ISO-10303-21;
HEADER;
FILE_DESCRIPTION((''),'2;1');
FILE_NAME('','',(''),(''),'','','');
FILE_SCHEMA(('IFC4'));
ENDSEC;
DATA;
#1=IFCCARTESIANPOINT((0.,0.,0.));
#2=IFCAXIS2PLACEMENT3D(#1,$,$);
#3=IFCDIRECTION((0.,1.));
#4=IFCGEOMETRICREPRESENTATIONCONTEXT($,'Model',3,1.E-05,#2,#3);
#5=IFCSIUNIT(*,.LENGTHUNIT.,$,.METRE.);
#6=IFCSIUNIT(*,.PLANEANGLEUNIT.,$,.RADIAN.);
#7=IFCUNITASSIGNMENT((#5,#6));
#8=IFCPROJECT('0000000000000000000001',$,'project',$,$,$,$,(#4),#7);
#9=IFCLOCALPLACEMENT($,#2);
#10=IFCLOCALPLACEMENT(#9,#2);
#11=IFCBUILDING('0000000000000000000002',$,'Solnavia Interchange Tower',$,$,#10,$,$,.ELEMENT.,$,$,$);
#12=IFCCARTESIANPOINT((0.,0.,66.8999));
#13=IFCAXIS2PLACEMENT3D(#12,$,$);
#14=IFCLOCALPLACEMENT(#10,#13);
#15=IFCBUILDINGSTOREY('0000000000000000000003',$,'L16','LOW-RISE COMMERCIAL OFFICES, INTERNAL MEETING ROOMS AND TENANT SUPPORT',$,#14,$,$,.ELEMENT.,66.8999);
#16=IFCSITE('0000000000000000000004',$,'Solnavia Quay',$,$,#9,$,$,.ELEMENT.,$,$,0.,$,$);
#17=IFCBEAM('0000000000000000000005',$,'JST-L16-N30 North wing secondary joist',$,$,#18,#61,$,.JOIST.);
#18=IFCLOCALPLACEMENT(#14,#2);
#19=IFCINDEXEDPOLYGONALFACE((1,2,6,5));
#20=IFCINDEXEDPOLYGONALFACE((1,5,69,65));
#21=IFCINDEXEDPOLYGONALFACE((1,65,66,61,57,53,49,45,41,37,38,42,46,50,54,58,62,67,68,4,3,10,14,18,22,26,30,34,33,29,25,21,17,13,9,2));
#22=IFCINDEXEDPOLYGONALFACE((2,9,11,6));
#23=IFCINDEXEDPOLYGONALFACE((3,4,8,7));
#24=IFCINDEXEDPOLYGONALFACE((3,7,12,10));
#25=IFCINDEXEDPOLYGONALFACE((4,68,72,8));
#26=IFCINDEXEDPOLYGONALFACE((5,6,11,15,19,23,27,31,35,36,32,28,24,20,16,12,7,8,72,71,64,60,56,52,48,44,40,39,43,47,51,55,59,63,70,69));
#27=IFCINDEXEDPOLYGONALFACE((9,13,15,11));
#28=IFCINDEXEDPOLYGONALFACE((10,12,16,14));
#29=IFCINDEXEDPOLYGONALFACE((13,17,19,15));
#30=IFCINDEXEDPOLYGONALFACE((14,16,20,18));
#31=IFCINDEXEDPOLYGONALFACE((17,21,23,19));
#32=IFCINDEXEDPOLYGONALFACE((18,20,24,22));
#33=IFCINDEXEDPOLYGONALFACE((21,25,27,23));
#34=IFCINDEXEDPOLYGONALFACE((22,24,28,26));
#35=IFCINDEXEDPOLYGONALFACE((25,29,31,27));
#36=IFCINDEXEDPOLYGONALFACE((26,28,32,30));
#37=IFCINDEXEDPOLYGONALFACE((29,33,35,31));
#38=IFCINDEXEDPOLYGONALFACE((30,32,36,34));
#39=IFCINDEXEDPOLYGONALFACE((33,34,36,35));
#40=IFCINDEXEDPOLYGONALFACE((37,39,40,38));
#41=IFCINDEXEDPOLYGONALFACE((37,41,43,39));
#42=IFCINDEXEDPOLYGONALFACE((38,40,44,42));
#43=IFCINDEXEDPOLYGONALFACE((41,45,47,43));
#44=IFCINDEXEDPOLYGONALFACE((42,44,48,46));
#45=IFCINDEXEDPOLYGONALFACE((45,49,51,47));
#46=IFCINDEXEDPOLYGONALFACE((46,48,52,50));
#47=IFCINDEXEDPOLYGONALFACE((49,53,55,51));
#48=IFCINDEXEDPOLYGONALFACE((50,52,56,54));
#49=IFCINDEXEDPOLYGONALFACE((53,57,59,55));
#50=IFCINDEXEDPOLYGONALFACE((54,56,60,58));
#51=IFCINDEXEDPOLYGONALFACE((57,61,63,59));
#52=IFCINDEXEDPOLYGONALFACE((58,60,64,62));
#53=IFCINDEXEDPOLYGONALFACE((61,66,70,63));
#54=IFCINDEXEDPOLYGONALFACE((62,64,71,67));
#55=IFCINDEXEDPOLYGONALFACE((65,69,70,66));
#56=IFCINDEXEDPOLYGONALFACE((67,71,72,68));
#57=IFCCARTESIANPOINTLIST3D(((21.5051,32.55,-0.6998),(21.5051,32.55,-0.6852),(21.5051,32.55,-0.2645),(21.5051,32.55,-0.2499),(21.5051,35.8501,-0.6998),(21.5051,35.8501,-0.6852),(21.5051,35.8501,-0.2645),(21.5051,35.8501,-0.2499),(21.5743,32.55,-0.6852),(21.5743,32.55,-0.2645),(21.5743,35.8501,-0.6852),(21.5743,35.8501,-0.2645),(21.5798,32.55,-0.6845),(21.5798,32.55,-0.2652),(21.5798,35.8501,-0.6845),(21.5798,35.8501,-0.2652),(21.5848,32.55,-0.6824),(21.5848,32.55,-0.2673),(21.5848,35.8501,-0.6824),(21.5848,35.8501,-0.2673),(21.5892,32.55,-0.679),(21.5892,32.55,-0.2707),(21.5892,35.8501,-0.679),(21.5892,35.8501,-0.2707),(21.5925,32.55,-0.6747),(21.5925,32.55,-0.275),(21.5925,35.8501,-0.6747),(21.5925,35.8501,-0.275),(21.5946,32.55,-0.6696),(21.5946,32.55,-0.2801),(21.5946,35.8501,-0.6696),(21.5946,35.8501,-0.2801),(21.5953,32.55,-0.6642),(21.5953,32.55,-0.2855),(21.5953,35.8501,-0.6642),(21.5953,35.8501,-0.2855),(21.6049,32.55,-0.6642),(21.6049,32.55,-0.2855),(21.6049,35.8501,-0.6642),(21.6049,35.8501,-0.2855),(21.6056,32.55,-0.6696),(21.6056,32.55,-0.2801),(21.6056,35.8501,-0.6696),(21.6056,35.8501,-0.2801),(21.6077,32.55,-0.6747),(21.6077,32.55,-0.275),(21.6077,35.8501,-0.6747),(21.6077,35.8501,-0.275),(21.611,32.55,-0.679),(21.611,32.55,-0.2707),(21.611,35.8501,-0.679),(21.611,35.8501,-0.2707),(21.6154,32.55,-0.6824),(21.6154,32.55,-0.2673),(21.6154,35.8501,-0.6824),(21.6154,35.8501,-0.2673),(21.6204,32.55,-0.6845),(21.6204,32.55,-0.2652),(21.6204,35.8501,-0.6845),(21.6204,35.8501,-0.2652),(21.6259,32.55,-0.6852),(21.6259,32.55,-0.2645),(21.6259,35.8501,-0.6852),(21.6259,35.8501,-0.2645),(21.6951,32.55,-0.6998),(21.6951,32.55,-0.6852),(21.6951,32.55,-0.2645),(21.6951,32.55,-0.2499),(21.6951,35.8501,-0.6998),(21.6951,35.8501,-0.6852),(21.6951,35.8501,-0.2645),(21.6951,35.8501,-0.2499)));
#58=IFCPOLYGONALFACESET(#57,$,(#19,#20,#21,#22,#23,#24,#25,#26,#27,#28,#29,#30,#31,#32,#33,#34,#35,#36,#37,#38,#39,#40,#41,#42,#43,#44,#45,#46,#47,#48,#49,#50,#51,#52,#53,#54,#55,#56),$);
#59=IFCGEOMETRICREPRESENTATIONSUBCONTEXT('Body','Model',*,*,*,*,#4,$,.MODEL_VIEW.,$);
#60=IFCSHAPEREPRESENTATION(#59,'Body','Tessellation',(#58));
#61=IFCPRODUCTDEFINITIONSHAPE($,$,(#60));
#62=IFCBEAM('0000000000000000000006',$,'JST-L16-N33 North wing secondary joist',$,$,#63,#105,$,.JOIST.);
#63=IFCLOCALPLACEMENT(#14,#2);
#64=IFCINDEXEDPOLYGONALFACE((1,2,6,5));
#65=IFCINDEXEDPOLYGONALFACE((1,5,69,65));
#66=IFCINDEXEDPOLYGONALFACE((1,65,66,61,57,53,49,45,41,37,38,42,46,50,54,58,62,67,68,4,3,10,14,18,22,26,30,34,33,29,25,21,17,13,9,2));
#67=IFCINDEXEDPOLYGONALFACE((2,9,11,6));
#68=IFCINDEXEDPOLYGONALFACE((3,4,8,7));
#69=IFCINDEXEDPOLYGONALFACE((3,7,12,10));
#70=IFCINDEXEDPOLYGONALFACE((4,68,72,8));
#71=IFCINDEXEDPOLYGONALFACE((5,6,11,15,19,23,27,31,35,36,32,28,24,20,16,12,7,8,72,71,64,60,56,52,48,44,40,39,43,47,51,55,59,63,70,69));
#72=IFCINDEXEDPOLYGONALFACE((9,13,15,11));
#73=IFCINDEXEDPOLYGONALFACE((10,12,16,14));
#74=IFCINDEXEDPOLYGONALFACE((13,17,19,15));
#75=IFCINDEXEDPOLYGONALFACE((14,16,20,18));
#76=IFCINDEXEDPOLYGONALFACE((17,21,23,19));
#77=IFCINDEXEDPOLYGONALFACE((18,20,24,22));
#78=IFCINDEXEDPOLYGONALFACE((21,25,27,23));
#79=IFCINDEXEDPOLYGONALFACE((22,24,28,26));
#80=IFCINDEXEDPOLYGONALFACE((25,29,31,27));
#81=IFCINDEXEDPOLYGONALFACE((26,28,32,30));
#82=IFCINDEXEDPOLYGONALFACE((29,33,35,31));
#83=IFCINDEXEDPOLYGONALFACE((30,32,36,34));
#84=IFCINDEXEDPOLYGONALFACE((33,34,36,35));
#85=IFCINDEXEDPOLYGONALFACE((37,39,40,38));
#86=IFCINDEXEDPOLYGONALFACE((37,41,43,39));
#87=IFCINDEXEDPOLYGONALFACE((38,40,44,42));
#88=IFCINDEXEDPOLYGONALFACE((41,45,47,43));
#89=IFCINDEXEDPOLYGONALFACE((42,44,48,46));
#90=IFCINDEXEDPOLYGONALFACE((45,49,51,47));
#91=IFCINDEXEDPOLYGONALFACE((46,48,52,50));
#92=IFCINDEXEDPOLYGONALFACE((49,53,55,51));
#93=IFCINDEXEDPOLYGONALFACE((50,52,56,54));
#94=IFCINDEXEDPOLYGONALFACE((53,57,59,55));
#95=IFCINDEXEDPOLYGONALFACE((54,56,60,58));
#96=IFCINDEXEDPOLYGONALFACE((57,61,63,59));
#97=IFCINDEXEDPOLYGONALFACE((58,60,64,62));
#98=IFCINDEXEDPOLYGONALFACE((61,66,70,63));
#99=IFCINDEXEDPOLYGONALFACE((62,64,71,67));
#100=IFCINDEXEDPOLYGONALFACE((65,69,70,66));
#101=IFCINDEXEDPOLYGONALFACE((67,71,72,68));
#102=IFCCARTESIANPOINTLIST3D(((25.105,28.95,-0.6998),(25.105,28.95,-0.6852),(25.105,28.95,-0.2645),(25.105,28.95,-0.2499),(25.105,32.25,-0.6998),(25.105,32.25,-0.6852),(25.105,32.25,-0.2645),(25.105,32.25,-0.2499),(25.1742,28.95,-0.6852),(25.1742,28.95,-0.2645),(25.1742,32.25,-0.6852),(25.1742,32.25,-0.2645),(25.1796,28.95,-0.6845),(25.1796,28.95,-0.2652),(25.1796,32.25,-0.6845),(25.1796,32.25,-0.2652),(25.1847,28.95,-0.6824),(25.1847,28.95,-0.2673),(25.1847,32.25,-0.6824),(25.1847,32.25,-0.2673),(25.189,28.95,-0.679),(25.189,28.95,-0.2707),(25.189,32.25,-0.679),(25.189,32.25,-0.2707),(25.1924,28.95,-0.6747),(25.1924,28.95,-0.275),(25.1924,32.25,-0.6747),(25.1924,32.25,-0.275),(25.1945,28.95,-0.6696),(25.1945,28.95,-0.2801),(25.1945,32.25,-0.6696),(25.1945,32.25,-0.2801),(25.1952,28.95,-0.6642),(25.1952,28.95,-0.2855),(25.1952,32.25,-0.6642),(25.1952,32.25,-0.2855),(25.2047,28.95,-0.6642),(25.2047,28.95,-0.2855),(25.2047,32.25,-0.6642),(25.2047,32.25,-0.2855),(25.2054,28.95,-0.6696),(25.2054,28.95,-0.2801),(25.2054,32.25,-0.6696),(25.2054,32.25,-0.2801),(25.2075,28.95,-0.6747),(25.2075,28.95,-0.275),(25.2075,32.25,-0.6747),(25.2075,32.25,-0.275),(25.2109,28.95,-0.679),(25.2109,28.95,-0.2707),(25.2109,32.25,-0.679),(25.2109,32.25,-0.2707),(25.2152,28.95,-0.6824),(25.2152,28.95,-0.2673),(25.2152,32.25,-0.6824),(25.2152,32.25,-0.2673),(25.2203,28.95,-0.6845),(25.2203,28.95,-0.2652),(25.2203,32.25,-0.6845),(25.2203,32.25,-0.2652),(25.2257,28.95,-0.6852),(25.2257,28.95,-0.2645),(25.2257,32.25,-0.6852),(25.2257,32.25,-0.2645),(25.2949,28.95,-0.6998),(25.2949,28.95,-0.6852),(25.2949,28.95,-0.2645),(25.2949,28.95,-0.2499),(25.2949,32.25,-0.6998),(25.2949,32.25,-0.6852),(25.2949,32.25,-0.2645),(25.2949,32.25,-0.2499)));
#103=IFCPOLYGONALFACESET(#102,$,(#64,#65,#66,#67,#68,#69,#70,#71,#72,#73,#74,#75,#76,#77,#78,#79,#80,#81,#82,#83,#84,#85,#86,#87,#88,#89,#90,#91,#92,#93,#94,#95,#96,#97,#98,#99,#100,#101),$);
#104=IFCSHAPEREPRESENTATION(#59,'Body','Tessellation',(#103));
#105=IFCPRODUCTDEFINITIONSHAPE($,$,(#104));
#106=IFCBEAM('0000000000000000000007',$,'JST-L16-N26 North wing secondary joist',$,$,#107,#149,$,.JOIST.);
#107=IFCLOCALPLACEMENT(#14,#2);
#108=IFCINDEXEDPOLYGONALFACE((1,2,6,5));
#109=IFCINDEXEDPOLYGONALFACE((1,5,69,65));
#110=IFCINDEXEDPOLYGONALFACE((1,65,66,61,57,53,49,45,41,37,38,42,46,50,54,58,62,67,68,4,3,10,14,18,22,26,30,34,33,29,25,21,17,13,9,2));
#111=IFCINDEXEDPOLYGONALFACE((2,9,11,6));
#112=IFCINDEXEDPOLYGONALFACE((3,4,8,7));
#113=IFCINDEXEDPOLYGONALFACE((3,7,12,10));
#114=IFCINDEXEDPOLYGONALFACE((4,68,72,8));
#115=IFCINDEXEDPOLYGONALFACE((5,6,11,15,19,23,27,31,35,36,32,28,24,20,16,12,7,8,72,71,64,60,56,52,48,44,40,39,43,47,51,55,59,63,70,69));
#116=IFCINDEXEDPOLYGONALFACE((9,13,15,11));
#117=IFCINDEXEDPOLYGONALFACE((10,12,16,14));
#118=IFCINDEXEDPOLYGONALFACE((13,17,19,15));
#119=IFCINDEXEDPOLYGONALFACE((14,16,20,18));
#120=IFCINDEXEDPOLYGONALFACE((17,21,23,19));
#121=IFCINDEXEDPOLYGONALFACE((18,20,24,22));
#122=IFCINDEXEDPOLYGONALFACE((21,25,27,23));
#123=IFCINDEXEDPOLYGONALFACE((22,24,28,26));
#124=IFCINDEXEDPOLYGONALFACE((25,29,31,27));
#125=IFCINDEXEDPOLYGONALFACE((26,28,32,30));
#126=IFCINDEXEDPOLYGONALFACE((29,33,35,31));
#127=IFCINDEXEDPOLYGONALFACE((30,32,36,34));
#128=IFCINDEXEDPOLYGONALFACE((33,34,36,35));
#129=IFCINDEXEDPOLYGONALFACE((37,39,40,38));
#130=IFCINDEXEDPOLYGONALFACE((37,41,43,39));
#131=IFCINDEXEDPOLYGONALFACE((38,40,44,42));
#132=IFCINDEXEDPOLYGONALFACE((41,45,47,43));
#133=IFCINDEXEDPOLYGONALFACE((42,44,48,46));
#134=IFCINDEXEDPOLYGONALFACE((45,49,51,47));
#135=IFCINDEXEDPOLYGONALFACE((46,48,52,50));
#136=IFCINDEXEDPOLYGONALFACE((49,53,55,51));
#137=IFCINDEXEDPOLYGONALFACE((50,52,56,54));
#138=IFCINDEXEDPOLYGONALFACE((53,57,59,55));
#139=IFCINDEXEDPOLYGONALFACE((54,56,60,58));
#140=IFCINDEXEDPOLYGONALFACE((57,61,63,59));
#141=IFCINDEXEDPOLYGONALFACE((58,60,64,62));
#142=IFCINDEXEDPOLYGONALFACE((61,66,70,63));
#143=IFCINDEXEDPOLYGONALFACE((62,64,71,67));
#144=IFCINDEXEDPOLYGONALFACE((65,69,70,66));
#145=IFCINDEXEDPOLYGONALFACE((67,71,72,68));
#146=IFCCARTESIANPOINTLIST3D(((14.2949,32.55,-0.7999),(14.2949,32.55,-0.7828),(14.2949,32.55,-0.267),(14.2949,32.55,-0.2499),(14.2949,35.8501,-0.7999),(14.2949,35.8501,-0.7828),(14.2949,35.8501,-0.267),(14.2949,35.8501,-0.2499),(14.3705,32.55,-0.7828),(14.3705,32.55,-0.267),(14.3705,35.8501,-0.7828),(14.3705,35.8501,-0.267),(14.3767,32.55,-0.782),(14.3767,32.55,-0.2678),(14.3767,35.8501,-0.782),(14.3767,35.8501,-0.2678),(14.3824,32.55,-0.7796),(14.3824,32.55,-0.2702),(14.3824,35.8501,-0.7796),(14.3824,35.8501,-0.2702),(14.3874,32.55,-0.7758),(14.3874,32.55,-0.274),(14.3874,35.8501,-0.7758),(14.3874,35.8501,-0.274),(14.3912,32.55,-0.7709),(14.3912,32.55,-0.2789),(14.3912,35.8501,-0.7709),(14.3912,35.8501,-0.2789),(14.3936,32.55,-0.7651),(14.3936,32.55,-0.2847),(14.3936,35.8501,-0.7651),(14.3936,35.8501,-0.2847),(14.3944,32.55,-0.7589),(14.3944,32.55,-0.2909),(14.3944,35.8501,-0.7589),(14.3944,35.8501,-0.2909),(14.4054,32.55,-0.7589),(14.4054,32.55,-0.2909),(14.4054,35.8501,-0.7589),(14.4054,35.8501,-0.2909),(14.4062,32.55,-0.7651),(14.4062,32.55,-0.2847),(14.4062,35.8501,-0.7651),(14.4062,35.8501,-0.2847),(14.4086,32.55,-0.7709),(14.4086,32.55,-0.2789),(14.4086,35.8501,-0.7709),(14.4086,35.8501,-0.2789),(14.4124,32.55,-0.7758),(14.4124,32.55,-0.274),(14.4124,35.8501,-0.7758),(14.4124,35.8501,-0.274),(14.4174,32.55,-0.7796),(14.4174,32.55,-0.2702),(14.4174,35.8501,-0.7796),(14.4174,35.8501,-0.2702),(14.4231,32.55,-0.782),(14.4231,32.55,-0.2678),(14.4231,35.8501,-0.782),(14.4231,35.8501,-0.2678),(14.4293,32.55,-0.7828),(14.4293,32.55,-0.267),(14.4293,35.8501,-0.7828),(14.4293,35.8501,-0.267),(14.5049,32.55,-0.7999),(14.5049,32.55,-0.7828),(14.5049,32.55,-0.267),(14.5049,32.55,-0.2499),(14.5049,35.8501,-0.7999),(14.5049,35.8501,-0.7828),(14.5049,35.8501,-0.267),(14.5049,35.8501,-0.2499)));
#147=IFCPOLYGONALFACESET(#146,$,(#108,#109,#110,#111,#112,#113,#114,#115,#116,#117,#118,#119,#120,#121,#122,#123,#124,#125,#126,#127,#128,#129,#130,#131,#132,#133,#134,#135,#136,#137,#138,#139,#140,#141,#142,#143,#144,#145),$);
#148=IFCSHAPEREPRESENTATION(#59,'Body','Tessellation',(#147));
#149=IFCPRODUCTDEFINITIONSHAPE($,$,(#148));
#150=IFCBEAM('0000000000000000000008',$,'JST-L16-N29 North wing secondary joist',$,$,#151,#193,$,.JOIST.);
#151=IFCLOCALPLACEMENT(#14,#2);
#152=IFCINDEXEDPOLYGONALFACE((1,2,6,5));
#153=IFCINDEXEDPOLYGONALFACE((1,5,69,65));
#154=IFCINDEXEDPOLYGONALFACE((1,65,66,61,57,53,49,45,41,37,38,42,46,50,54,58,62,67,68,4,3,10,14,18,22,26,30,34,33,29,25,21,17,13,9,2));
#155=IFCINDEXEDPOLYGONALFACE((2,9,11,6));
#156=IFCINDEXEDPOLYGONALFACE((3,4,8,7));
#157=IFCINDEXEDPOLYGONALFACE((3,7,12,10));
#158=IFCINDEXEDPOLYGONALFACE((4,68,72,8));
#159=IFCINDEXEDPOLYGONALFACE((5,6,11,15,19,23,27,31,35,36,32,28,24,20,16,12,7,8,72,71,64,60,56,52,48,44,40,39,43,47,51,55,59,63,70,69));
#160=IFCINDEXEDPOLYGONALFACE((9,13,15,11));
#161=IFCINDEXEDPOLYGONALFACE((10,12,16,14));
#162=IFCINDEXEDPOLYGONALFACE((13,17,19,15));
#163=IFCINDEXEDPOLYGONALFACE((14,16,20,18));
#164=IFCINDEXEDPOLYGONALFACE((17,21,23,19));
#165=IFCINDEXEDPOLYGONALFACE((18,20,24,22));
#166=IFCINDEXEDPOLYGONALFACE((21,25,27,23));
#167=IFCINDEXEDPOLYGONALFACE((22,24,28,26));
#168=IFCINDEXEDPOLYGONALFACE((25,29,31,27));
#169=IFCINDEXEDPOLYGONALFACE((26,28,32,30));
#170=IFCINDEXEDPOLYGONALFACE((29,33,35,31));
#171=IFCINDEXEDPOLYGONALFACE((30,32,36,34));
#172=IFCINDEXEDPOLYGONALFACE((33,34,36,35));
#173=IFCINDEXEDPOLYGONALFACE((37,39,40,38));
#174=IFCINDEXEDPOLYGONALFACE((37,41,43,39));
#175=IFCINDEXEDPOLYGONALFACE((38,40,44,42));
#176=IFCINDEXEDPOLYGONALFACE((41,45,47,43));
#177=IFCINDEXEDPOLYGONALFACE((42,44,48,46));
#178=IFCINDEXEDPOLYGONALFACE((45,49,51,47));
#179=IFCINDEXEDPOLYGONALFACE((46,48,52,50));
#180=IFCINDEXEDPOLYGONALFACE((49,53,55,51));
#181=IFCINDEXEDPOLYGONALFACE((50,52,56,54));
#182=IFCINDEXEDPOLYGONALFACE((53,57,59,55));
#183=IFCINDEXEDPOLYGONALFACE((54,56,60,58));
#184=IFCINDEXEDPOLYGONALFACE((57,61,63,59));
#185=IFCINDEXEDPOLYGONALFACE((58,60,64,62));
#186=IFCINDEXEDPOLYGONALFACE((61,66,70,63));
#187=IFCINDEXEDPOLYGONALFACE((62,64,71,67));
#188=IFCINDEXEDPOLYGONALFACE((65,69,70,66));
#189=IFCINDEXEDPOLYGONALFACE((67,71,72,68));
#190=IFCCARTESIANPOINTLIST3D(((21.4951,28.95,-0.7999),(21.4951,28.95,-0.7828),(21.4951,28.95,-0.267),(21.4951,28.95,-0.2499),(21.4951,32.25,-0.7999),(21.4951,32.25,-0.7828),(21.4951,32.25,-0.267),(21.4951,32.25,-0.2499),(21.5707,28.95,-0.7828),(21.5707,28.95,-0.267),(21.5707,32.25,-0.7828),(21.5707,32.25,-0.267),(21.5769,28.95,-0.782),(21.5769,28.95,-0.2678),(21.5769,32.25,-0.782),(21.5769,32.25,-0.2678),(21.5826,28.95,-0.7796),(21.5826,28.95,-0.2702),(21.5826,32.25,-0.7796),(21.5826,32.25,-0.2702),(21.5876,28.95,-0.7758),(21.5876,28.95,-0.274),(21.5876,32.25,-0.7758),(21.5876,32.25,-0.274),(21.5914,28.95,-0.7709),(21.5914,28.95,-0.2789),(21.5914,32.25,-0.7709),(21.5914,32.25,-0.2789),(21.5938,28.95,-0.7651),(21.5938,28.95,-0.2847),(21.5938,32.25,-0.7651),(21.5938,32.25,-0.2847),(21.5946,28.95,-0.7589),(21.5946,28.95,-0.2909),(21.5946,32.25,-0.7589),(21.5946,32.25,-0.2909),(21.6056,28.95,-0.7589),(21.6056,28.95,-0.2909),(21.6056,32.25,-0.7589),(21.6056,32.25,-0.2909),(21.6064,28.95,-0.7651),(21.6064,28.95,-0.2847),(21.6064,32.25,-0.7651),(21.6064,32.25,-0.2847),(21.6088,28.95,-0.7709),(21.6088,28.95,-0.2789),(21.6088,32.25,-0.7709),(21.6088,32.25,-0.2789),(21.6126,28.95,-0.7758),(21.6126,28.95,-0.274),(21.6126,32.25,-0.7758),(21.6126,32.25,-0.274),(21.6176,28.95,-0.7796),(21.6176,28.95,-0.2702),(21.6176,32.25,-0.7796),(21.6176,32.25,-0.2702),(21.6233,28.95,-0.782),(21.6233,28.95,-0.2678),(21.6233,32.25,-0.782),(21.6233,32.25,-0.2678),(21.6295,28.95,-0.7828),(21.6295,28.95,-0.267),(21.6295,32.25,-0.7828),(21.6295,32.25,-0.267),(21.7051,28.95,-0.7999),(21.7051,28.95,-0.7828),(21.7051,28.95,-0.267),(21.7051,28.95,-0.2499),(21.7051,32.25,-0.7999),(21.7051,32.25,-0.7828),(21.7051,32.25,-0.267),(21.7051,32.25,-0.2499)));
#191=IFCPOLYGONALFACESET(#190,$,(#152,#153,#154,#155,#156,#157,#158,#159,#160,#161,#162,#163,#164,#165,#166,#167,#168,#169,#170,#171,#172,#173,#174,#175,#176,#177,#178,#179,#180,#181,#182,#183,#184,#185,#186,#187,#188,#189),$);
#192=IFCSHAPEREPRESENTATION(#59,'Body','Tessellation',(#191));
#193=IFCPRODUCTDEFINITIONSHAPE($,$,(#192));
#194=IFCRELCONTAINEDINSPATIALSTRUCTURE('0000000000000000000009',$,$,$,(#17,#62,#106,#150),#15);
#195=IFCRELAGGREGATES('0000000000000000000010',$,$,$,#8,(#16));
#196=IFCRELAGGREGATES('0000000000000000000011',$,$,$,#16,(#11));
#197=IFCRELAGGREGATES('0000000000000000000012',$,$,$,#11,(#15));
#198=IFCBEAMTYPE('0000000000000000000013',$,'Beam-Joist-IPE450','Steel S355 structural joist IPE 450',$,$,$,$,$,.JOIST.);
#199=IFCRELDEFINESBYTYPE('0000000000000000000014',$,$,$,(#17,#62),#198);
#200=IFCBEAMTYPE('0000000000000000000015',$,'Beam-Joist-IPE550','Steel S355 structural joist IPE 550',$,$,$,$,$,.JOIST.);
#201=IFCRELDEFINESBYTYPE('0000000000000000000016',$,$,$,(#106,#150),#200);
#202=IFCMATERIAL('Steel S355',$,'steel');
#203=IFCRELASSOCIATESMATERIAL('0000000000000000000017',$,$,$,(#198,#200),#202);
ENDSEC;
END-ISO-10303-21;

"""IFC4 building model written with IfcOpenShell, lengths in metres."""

from ifc_helpers import new_model, si_unit, direction, frame, origin, origin_2d, place, context, subcontext, project, spatial, i_section, extrude, material, material_profile, profile_set, type_object, element, save


model = new_model("IFC4")

# Units and contexts
model_context = context("Model", 3, precision=1e-05, world=origin(), true_north=direction((0.0, 1.0)))
body_context = subcontext(model_context, "Body", "Model", "MODEL_VIEW")
ifc_project = project(units=[si_unit("LENGTHUNIT", "METRE"), si_unit("PLANEANGLEUNIT", "RADIAN")], contexts=[model_context])

# Site, building, storey
site_placement = place(None, origin())
site = spatial("IfcSite", under=ifc_project, at=site_placement, Name="Solnavia Quay", CompositionType="ELEMENT", RefElevation=0.0)
building_placement = place(site_placement, origin())
building = spatial("IfcBuilding", under=site, at=building_placement, Name="Solnavia Interchange Tower", CompositionType="ELEMENT")
storey_placement = place(building_placement, frame((0.0, 0.0, 66.8999)))
storey = spatial("IfcBuildingStorey", under=building, at=storey_placement, Name="L16", Description="LOW-RISE COMMERCIAL OFFICES, INTERNAL MEETING ROOMS AND TENANT SUPPORT", CompositionType="ELEMENT", Elevation=66.8999)

# Shared definitions
ifc_material_1 = material(Name="Steel S355", Category="steel")

# Beams
ifc_material_profile_1 = material_profile(ifc_material_1, i_section(OverallWidth=0.1899, OverallDepth=0.45, WebThickness=0.0095, FlangeThickness=0.0146, FilletRadius=0.021, at=origin_2d()), Name="IPE 450")
ifc_profile_set_1 = profile_set([ifc_material_profile_1], Name="Steel S355")
beam_type_1 = type_object("IfcBeamType", Name="Beam-Joist-IPE450", Description="Steel S355 structural joist IPE 450", PredefinedType="JOIST", material=ifc_profile_set_1)
for number, where, z_axis, x_axis, name in (
    (1, (21.6001, 32.55, -0.4749), (0.0, 1.0, 0.0), (-1.0, 0.0, 0.0), "JST-L16-N30 North wing secondary joist"),
    (2, (25.2, 28.95, -0.4749), (0.0, 1.0, 0.0), (-1.0, 0.0, 0.0), "JST-L16-N33 North wing secondary joist"),
):
    element("IfcBeam", number, at=place(storey_placement, frame(where, z_axis=z_axis, x_axis=x_axis)), inside=storey, type_object=beam_type_1, Name=name, PredefinedType="JOIST", context=body_context, shape_type="SweptSolid", body=[
        extrude(i_section(OverallWidth=0.1899, OverallDepth=0.45, WebThickness=0.0095, FlangeThickness=0.0146, FilletRadius=0.021, at=origin_2d()), origin(), (0.0, 0.0, 1.0), 3.3),
    ])
ifc_material_profile_2 = material_profile(ifc_material_1, i_section(OverallWidth=0.21, OverallDepth=0.55, WebThickness=0.011, FlangeThickness=0.0171, FilletRadius=0.0239, at=origin_2d()), Name="IPE 550")
ifc_profile_set_2 = profile_set([ifc_material_profile_2], Name="Steel S355")
beam_type_2 = type_object("IfcBeamType", Name="Beam-Joist-IPE550", Description="Steel S355 structural joist IPE 550", PredefinedType="JOIST", material=ifc_profile_set_2)
for number, where, z_axis, x_axis, name in (
    (3, (14.3999, 32.55, -0.5249), (0.0, 1.0, 0.0), (-1.0, 0.0, 0.0), "JST-L16-N26 North wing secondary joist"),
    (4, (21.6001, 28.95, -0.5249), (0.0, 1.0, 0.0), (-1.0, 0.0, 0.0), "JST-L16-N29 North wing secondary joist"),
):
    element("IfcBeam", number, at=place(storey_placement, frame(where, z_axis=z_axis, x_axis=x_axis)), inside=storey, type_object=beam_type_2, Name=name, PredefinedType="JOIST", context=body_context, shape_type="SweptSolid", body=[
        extrude(i_section(OverallWidth=0.21, OverallDepth=0.55, WebThickness=0.011, FlangeThickness=0.0171, FilletRadius=0.0239, at=origin_2d()), origin(), (0.0, 0.0, 1.0), 3.3),
    ])

save(model, "model.ifc")
